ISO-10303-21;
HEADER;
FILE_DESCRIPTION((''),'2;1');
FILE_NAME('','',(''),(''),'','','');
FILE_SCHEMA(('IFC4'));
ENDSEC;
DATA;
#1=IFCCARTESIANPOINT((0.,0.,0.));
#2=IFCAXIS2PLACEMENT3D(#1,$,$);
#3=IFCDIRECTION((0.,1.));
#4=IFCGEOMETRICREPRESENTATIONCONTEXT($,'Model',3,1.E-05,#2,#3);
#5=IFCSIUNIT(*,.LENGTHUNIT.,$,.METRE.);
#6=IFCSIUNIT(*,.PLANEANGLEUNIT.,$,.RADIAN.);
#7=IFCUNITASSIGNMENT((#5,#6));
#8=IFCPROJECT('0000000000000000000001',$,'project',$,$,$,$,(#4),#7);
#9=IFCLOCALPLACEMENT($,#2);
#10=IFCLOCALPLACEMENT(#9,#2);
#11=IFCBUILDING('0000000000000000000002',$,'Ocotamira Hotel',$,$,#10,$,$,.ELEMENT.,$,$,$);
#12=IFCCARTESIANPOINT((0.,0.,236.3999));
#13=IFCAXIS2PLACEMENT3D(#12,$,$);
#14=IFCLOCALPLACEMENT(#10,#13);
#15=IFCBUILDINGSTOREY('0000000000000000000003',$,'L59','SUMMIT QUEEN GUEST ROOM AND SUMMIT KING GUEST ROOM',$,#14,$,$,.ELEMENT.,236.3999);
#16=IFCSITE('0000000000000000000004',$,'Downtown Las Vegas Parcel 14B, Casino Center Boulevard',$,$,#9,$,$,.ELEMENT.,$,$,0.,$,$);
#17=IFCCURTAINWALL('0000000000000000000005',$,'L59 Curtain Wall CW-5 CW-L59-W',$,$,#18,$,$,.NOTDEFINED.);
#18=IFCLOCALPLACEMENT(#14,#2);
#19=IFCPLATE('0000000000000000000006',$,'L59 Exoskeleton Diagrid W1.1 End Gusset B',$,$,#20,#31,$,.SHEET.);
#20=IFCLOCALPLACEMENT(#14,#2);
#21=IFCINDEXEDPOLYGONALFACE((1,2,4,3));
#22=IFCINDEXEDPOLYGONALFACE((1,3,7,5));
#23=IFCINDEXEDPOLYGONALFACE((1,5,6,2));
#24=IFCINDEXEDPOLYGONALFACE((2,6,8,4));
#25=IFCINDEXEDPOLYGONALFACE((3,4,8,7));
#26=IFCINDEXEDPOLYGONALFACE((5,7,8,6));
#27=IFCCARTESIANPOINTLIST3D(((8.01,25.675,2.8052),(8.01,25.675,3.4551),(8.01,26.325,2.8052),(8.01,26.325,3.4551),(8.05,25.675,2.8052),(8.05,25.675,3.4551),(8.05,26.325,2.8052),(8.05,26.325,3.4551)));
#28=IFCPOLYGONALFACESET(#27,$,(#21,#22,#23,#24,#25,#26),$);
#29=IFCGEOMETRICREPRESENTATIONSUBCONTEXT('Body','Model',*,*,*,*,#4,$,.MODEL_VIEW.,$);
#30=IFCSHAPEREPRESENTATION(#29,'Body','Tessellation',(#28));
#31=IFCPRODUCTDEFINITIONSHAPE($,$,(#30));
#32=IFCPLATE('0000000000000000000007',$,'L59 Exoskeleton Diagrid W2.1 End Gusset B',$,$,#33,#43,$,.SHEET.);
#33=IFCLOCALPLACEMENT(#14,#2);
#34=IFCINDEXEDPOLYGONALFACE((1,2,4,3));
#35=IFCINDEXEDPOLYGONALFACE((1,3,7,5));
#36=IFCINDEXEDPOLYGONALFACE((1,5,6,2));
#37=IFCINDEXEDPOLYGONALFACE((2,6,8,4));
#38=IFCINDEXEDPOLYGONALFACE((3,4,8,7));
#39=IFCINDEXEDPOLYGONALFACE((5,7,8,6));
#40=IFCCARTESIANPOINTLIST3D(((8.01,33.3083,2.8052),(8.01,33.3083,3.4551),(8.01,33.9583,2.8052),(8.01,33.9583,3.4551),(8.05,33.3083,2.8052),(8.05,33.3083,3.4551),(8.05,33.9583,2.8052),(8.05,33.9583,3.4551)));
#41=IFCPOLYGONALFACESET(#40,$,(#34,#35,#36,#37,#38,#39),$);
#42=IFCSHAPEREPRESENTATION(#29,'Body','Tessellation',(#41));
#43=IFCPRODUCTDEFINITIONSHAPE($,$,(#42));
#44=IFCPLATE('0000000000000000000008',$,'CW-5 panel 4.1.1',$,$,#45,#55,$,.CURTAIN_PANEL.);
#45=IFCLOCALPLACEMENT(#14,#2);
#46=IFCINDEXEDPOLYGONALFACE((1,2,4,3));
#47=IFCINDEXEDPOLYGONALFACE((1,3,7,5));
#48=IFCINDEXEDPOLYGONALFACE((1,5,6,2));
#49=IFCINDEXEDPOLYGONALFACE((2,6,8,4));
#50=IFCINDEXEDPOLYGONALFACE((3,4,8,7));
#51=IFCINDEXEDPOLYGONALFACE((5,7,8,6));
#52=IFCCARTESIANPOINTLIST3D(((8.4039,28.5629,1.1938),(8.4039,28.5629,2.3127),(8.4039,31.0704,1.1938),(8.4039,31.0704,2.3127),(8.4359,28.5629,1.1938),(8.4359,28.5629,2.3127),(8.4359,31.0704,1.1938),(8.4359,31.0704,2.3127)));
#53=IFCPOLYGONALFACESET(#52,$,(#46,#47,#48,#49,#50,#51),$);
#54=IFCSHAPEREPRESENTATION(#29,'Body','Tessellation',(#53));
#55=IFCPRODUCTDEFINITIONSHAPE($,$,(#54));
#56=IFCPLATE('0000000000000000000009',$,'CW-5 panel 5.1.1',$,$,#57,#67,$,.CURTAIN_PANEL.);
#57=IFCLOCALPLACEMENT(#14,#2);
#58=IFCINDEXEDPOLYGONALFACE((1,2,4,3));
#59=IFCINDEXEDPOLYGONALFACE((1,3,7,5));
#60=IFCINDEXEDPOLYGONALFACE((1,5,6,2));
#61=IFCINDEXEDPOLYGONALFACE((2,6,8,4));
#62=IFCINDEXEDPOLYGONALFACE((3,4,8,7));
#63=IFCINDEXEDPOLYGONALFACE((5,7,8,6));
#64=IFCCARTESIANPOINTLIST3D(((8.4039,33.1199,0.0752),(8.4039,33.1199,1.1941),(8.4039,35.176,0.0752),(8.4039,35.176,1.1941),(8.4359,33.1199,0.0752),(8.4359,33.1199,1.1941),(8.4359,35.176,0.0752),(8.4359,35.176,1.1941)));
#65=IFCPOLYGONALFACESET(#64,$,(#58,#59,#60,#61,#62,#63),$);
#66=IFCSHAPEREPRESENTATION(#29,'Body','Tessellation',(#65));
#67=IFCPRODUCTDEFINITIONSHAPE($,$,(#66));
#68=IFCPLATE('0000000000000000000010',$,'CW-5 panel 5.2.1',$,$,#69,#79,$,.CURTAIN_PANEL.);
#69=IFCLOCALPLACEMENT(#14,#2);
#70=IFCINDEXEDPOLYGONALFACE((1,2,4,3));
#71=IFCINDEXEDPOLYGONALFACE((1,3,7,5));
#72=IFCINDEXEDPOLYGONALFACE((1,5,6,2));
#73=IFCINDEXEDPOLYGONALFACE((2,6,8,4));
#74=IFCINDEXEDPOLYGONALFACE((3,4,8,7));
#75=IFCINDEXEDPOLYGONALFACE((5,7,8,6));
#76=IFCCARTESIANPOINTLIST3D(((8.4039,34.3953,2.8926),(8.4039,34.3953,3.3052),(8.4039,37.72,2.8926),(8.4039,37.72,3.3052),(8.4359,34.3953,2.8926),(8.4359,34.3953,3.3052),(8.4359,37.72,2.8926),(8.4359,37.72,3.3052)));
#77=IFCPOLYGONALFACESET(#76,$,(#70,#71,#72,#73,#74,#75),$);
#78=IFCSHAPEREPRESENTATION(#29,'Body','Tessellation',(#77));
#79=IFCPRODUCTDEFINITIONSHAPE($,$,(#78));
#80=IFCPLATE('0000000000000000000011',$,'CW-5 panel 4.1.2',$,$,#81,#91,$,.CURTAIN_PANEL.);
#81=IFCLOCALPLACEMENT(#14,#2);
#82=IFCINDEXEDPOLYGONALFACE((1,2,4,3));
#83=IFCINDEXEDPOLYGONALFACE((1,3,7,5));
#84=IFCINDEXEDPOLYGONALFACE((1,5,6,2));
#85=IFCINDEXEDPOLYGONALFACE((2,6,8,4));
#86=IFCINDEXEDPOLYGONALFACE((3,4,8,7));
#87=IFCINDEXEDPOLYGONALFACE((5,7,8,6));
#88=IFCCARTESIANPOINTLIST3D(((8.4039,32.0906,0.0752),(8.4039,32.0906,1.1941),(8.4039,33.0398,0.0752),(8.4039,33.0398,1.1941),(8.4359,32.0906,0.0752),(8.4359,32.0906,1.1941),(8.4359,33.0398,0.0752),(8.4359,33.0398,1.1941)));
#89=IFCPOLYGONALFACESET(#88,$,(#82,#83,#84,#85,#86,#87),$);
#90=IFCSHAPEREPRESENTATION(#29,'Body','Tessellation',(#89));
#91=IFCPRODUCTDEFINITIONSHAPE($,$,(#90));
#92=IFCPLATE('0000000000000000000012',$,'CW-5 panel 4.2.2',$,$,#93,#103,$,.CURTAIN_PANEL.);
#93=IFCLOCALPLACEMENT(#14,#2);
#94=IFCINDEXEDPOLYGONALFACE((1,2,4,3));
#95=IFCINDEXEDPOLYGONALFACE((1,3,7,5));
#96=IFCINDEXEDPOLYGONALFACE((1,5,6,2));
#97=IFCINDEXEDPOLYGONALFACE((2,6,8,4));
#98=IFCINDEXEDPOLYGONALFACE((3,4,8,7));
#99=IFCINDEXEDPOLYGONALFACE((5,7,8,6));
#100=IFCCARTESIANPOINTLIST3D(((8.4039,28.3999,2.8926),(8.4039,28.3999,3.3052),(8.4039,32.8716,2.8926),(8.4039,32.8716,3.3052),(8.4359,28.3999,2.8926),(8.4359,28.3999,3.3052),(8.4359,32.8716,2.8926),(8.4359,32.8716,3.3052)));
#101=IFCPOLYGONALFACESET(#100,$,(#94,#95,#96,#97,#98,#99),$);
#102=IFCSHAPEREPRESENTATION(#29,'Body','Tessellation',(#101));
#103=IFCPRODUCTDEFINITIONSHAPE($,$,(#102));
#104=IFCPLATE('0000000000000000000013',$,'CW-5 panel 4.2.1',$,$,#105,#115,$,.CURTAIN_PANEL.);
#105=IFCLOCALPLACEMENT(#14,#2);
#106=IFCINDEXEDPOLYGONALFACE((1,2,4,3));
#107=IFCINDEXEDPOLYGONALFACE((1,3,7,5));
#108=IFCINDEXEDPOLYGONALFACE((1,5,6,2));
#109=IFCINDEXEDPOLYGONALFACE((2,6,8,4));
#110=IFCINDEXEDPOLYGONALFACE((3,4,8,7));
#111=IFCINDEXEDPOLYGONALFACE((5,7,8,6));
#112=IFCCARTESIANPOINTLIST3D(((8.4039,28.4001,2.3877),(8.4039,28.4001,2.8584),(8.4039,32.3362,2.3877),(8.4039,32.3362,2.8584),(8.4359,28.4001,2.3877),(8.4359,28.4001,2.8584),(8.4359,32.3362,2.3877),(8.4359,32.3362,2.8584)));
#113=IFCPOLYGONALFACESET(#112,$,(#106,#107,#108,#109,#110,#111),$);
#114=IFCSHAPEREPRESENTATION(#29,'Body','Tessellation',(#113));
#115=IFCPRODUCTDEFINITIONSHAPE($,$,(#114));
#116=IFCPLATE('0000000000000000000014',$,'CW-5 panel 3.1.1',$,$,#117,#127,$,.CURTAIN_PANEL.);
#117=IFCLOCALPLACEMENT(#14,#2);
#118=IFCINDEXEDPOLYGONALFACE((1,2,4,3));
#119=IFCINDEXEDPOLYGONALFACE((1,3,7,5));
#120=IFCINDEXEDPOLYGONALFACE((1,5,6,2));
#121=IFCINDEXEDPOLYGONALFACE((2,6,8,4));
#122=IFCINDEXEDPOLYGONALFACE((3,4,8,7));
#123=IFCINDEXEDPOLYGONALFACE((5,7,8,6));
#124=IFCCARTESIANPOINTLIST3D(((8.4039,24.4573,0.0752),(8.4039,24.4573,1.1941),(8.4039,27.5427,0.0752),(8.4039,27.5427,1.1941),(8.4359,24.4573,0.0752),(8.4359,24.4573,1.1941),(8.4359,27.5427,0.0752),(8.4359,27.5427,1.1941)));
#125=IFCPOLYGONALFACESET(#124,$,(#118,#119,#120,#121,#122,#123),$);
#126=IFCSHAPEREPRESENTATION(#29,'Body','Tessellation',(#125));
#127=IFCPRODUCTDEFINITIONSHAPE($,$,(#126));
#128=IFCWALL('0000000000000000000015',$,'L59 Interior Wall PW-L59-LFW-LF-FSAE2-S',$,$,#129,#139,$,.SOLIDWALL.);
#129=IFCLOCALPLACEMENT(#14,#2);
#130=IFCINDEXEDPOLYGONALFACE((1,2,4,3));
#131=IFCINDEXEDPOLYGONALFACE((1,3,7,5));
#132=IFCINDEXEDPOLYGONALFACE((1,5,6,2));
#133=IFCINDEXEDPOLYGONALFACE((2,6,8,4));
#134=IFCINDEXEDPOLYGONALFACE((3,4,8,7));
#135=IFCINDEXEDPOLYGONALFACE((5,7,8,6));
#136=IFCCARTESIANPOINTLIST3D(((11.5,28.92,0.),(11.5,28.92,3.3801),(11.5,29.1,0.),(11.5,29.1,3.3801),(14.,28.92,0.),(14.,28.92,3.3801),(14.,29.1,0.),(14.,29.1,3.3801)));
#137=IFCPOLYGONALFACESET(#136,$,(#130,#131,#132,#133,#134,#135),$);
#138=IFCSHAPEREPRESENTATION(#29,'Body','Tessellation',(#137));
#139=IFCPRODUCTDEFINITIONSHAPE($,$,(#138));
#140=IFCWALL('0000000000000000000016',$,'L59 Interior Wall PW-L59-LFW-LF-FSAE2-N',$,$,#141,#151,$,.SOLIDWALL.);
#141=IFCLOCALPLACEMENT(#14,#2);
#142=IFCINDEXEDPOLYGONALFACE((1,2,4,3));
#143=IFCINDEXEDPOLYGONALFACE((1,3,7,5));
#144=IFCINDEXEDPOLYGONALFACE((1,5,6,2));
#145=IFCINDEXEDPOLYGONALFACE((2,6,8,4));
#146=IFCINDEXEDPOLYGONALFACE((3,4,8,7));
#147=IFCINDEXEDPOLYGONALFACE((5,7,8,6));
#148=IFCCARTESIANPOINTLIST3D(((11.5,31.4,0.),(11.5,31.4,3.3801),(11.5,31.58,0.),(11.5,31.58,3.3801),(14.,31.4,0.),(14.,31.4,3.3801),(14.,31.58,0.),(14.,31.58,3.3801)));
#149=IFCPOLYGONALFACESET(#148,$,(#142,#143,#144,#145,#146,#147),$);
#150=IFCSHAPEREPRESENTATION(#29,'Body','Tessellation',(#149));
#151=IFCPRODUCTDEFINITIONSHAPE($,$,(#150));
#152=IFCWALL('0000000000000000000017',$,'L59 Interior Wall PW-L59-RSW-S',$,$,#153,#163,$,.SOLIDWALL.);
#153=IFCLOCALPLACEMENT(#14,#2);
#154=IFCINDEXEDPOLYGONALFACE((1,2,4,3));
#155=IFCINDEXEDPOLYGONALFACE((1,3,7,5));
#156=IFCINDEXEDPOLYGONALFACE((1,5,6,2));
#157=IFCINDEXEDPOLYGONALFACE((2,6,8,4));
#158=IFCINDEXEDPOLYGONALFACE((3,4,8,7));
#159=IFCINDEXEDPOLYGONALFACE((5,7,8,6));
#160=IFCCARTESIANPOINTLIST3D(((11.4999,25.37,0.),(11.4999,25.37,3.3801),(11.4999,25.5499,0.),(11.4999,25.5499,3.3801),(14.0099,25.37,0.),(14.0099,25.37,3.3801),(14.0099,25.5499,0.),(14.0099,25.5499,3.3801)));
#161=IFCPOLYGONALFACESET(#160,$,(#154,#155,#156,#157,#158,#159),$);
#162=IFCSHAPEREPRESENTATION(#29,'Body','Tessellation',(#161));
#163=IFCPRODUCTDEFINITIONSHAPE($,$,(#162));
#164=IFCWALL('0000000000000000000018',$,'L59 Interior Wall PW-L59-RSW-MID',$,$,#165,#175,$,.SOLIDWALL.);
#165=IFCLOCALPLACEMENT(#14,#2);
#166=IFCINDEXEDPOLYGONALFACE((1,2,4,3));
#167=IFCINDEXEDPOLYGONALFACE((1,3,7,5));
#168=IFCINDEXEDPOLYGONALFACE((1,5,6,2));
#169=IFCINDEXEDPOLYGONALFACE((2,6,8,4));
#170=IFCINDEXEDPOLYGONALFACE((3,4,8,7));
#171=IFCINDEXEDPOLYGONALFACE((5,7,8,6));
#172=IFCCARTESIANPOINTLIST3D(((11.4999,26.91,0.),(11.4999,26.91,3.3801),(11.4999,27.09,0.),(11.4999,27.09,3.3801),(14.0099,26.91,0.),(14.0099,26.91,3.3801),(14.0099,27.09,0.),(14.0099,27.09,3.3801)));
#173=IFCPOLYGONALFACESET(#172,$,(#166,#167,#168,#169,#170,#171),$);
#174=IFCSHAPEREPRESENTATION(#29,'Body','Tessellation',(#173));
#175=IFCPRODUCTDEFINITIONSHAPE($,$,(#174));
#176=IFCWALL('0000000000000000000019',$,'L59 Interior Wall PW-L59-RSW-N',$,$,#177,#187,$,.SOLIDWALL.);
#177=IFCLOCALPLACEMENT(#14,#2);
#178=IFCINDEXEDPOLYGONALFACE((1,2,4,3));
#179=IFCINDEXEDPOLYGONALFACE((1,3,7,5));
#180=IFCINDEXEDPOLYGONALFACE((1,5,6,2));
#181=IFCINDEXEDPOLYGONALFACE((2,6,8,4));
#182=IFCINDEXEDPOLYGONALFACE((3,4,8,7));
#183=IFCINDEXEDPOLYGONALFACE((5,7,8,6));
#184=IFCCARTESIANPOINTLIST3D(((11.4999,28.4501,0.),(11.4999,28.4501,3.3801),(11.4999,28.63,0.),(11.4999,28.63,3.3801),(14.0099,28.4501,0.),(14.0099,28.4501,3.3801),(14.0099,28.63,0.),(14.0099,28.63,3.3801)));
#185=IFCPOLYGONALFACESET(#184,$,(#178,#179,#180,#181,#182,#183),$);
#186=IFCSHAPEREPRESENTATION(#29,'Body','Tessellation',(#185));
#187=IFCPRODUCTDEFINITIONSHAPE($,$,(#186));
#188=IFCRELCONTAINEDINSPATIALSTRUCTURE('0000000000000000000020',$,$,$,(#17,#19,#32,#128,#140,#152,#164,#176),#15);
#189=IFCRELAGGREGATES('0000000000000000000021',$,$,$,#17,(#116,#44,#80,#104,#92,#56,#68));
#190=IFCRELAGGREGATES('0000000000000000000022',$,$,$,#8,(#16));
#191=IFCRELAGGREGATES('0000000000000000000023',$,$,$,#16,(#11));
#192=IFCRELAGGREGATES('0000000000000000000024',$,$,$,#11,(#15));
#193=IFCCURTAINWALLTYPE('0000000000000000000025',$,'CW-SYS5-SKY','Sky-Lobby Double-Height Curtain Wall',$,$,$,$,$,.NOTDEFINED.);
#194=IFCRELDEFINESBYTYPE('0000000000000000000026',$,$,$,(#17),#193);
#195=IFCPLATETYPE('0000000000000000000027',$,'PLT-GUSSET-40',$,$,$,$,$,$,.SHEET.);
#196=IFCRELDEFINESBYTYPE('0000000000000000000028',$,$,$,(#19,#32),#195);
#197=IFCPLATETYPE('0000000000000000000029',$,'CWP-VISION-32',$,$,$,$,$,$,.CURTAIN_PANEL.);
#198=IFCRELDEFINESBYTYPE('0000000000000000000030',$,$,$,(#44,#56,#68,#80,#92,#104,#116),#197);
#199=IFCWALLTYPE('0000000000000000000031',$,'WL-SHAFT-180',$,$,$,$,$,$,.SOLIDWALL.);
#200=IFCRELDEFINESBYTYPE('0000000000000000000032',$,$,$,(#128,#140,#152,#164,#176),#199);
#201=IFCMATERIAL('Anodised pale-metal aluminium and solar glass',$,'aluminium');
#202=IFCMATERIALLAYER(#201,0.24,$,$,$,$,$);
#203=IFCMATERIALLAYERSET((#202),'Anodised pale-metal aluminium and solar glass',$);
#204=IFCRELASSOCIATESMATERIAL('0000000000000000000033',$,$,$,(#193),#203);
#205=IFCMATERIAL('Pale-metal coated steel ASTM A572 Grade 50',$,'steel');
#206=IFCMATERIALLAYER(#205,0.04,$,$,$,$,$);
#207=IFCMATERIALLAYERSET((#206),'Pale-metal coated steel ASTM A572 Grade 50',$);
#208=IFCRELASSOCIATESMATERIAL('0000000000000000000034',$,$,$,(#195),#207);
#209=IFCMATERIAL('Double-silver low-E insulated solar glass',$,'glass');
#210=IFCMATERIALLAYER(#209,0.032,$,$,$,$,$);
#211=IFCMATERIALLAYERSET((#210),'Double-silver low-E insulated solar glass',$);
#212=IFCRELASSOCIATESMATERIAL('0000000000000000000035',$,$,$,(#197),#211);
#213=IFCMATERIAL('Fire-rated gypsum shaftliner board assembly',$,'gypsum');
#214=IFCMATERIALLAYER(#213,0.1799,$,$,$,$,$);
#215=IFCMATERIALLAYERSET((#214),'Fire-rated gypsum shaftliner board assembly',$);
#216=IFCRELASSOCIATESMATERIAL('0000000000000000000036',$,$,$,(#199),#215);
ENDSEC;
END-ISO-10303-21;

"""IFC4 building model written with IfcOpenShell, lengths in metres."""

from ifc_helpers import new_model, si_unit, direction, frame, frame_2d, origin, origin_2d, place, context, subcontext, project, spatial, rectangle, extrude, source, transform, mapped, material, layer, layer_set, type_object, element, aggregate, save


model = new_model("IFC4")

# Units and contexts
model_context = context("Model", 3, precision=1e-05, world=origin(), true_north=direction((0.0, 1.0)))
body_context = subcontext(model_context, "Body", "Model", "MODEL_VIEW")
ifc_project = project(units=[si_unit("LENGTHUNIT", "METRE"), si_unit("PLANEANGLEUNIT", "RADIAN")], contexts=[model_context])

# Site, building, storey
site_placement = place(None, origin())
site = spatial("IfcSite", under=ifc_project, at=site_placement, Name="Downtown Las Vegas Parcel 14B, Casino Center Boulevard", CompositionType="ELEMENT", RefElevation=0.0)
building_placement = place(site_placement, origin())
building = spatial("IfcBuilding", under=site, at=building_placement, Name="Ocotamira Hotel", CompositionType="ELEMENT")
storey_placement = place(building_placement, frame((0.0, 0.0, 236.3999)))
storey = spatial("IfcBuildingStorey", under=building, at=storey_placement, Name="L59", Description="SUMMIT QUEEN GUEST ROOM AND SUMMIT KING GUEST ROOM", CompositionType="ELEMENT", Elevation=236.3999)

# Curtain wall
ifc_material_1 = material(Name="Anodised pale-metal aluminium and solar glass", Category="aluminium")
ifc_layer_1 = layer(ifc_material_1, 0.24)
ifc_layer_set_1 = layer_set([ifc_layer_1], Name="Anodised pale-metal aluminium and solar glass")
curtain_wall_type = type_object("IfcCurtainWallType", Name="CW-SYS5-SKY", Description="Sky-Lobby Double-Height Curtain Wall", PredefinedType="NOTDEFINED", material=ifc_layer_set_1)
curtain_wall_placement = place(storey_placement, origin())
curtain_wall = element("IfcCurtainWall", 1, at=curtain_wall_placement, inside=storey, type_object=curtain_wall_type, Name="L59 Curtain Wall CW-5 CW-L59-W", PredefinedType="NOTDEFINED")

# Plates
ifc_material_2 = material(Name="Pale-metal coated steel ASTM A572 Grade 50", Category="steel")
ifc_layer_2 = layer(ifc_material_2, 0.04)
ifc_layer_set_2 = layer_set([ifc_layer_2], Name="Pale-metal coated steel ASTM A572 Grade 50")
plate_type_1 = type_object("IfcPlateType", Name="PLT-GUSSET-40", PredefinedType="SHEET", material=ifc_layer_set_2)
shared_shape_1 = source(origin(), body_context, "Body", "SweptSolid", [
    extrude(rectangle(XDim=0.04, YDim=0.6499, at=origin_2d()), origin(), (0.0, 0.0, 1.0), 0.6499),
])
for number, where, z_axis, x_axis, name in (
    (2, (8.03, 26.0, 2.8052), (0.0, 0.0, 1.0), (1.0, 0.0, 0.0), "L59 Exoskeleton Diagrid W1.1 End Gusset B"),
    (3, (8.03, 33.6333, 2.8052), (0.0, 0.0, 1.0), (1.0, 0.0, 0.0), "L59 Exoskeleton Diagrid W2.1 End Gusset B"),
):
    element("IfcPlate", number, at=place(storey_placement, frame(where, z_axis=z_axis, x_axis=x_axis)), inside=storey, type_object=plate_type_1, Name=name, PredefinedType="SHEET", context=body_context, shape_type="MappedRepresentation", body=[
        mapped(shared_shape_1, transform((0.0, 0.0, 0.0), scale=1.0)),
    ])

# Plates
ifc_material_3 = material(Name="Double-silver low-E insulated solar glass", Category="glass")
ifc_layer_3 = layer(ifc_material_3, 0.032)
ifc_layer_set_3 = layer_set([ifc_layer_3], Name="Double-silver low-E insulated solar glass")
plate_type_2 = type_object("IfcPlateType", Name="CWP-VISION-32", PredefinedType="CURTAIN_PANEL", material=ifc_layer_set_3)
shared_shape_2 = source(origin(), body_context, "Body", "SweptSolid", [
    extrude(rectangle(XDim=2.5076, YDim=0.032, at=origin_2d()), origin(), (0.0, 0.0, 1.0), 1.1189),
])
plate_1_placement = place(storey_placement, frame((8.4199, 29.8167, 1.1938), z_axis=(0.0, 0.0, 1.0), x_axis=(0.0, 1.0, 0.0)))
plate_1 = element("IfcPlate", 4, at=plate_1_placement, type_object=plate_type_2, Name="CW-5 panel 4.1.1", PredefinedType="CURTAIN_PANEL", context=body_context, shape_type="MappedRepresentation", body=[
    mapped(shared_shape_2, transform((0.0, 0.0, 0.0), scale=1.0)),
])
shared_shape_3 = source(origin(), body_context, "Body", "SweptSolid", [
    extrude(rectangle(XDim=2.0562, YDim=0.032, at=origin_2d()), origin(), (0.0, 0.0, 1.0), 1.1189),
])
plate_2_placement = place(storey_placement, frame((8.4199, 34.1479, 0.0752), z_axis=(0.0, 0.0, 1.0), x_axis=(0.0, 1.0, 0.0)))
plate_2 = element("IfcPlate", 5, at=plate_2_placement, type_object=plate_type_2, Name="CW-5 panel 5.1.1", PredefinedType="CURTAIN_PANEL", context=body_context, shape_type="MappedRepresentation", body=[
    mapped(shared_shape_3, transform((0.0, 0.0, 0.0), scale=1.0)),
])
shared_shape_4 = source(origin(), body_context, "Body", "SweptSolid", [
    extrude(rectangle(XDim=3.3247, YDim=0.032, at=origin_2d()), origin(), (0.0, 0.0, 1.0), 0.4126),
])
plate_3_placement = place(storey_placement, frame((8.4199, 36.0576, 2.8926), z_axis=(0.0, 0.0, 1.0), x_axis=(0.0, 1.0, 0.0)))
plate_3 = element("IfcPlate", 6, at=plate_3_placement, type_object=plate_type_2, Name="CW-5 panel 5.2.1", PredefinedType="CURTAIN_PANEL", context=body_context, shape_type="MappedRepresentation", body=[
    mapped(shared_shape_4, transform((0.0, 0.0, 0.0), scale=1.0)),
])
shared_shape_5 = source(origin(), body_context, "Body", "SweptSolid", [
    extrude(rectangle(XDim=0.9492, YDim=0.032, at=origin_2d()), origin(), (0.0, 0.0, 1.0), 1.1189),
])
plate_4_placement = place(storey_placement, frame((8.4199, 32.5652, 0.0752), z_axis=(0.0, 0.0, 1.0), x_axis=(0.0, 1.0, 0.0)))
plate_4 = element("IfcPlate", 7, at=plate_4_placement, type_object=plate_type_2, Name="CW-5 panel 4.1.2", PredefinedType="CURTAIN_PANEL", context=body_context, shape_type="MappedRepresentation", body=[
    mapped(shared_shape_5, transform((0.0, 0.0, 0.0), scale=1.0)),
])
shared_shape_6 = source(origin(), body_context, "Body", "SweptSolid", [
    extrude(rectangle(XDim=4.4717, YDim=0.032, at=origin_2d()), origin(), (0.0, 0.0, 1.0), 0.4126),
])
plate_5_placement = place(storey_placement, frame((8.4199, 30.6357, 2.8926), z_axis=(0.0, 0.0, 1.0), x_axis=(0.0, 1.0, 0.0)))
plate_5 = element("IfcPlate", 8, at=plate_5_placement, type_object=plate_type_2, Name="CW-5 panel 4.2.2", PredefinedType="CURTAIN_PANEL", context=body_context, shape_type="MappedRepresentation", body=[
    mapped(shared_shape_6, transform((0.0, 0.0, 0.0), scale=1.0)),
])
shared_shape_7 = source(origin(), body_context, "Body", "SweptSolid", [
    extrude(rectangle(XDim=3.936, YDim=0.032, at=origin_2d()), origin(), (0.0, 0.0, 1.0), 0.4707),
])
plate_6_placement = place(storey_placement, frame((8.4199, 30.3682, 2.3877), z_axis=(0.0, 0.0, 1.0), x_axis=(0.0, 1.0, 0.0)))
plate_6 = element("IfcPlate", 9, at=plate_6_placement, type_object=plate_type_2, Name="CW-5 panel 4.2.1", PredefinedType="CURTAIN_PANEL", context=body_context, shape_type="MappedRepresentation", body=[
    mapped(shared_shape_7, transform((0.0, 0.0, 0.0), scale=1.0)),
])
shared_shape_8 = source(origin(), body_context, "Body", "SweptSolid", [
    extrude(rectangle(XDim=3.0854, YDim=0.032, at=origin_2d()), origin(), (0.0, 0.0, 1.0), 1.1189),
])
plate_7_placement = place(storey_placement, frame((8.4199, 26.0, 0.0752), z_axis=(0.0, 0.0, 1.0), x_axis=(0.0, 1.0, 0.0)))
plate_7 = element("IfcPlate", 10, at=plate_7_placement, type_object=plate_type_2, Name="CW-5 panel 3.1.1", PredefinedType="CURTAIN_PANEL", context=body_context, shape_type="MappedRepresentation", body=[
    mapped(shared_shape_8, transform((0.0, 0.0, 0.0), scale=1.0)),
])
aggregate(curtain_wall, [plate_7, plate_1, plate_4, plate_6, plate_5, plate_2, plate_3])

# Walls
ifc_material_4 = material(Name="Fire-rated gypsum shaftliner board assembly", Category="gypsum")
ifc_layer_4 = layer(ifc_material_4, 0.1799)
ifc_layer_set_4 = layer_set([ifc_layer_4], Name="Fire-rated gypsum shaftliner board assembly")
wall_type_1 = type_object("IfcWallType", Name="WL-SHAFT-180", PredefinedType="SOLIDWALL", material=ifc_layer_set_4)
for number, where, z_axis, x_axis, name in (
    (11, (11.5, 29.01, 0.0), (0.0, 0.0, 1.0), (1.0, 0.0, 0.0), "L59 Interior Wall PW-L59-LFW-LF-FSAE2-S"),
    (12, (11.5, 31.49, 0.0), (0.0, 0.0, 1.0), (1.0, 0.0, 0.0), "L59 Interior Wall PW-L59-LFW-LF-FSAE2-N"),
):
    element("IfcWall", number, at=place(storey_placement, frame(where, z_axis=z_axis, x_axis=x_axis)), inside=storey, type_object=wall_type_1, Name=name, PredefinedType="SOLIDWALL", context=body_context, shape_type="SweptSolid", body=[
        extrude(rectangle(XDim=2.5, YDim=0.1799, at=frame_2d((1.25, 0.0))), origin(), (0.0, 0.0, 1.0), 3.3801),
    ])
for number, where, z_axis, x_axis, name in (
    (13, (11.5, 25.46, 0.0), (0.0, 0.0, 1.0), (1.0, 0.0, 0.0), "L59 Interior Wall PW-L59-RSW-S"),
    (14, (11.5, 27.0, 0.0), (0.0, 0.0, 1.0), (1.0, 0.0, 0.0), "L59 Interior Wall PW-L59-RSW-MID"),
    (15, (11.5, 28.54, 0.0), (0.0, 0.0, 1.0), (1.0, 0.0, 0.0), "L59 Interior Wall PW-L59-RSW-N"),
):
    element("IfcWall", number, at=place(storey_placement, frame(where, z_axis=z_axis, x_axis=x_axis)), inside=storey, type_object=wall_type_1, Name=name, PredefinedType="SOLIDWALL", context=body_context, shape_type="SweptSolid", body=[
        extrude(rectangle(XDim=2.51, YDim=0.1799, at=frame_2d((1.2549, 0.0))), origin(), (0.0, 0.0, 1.0), 3.3801),
    ])

save(model, "model.ifc")
